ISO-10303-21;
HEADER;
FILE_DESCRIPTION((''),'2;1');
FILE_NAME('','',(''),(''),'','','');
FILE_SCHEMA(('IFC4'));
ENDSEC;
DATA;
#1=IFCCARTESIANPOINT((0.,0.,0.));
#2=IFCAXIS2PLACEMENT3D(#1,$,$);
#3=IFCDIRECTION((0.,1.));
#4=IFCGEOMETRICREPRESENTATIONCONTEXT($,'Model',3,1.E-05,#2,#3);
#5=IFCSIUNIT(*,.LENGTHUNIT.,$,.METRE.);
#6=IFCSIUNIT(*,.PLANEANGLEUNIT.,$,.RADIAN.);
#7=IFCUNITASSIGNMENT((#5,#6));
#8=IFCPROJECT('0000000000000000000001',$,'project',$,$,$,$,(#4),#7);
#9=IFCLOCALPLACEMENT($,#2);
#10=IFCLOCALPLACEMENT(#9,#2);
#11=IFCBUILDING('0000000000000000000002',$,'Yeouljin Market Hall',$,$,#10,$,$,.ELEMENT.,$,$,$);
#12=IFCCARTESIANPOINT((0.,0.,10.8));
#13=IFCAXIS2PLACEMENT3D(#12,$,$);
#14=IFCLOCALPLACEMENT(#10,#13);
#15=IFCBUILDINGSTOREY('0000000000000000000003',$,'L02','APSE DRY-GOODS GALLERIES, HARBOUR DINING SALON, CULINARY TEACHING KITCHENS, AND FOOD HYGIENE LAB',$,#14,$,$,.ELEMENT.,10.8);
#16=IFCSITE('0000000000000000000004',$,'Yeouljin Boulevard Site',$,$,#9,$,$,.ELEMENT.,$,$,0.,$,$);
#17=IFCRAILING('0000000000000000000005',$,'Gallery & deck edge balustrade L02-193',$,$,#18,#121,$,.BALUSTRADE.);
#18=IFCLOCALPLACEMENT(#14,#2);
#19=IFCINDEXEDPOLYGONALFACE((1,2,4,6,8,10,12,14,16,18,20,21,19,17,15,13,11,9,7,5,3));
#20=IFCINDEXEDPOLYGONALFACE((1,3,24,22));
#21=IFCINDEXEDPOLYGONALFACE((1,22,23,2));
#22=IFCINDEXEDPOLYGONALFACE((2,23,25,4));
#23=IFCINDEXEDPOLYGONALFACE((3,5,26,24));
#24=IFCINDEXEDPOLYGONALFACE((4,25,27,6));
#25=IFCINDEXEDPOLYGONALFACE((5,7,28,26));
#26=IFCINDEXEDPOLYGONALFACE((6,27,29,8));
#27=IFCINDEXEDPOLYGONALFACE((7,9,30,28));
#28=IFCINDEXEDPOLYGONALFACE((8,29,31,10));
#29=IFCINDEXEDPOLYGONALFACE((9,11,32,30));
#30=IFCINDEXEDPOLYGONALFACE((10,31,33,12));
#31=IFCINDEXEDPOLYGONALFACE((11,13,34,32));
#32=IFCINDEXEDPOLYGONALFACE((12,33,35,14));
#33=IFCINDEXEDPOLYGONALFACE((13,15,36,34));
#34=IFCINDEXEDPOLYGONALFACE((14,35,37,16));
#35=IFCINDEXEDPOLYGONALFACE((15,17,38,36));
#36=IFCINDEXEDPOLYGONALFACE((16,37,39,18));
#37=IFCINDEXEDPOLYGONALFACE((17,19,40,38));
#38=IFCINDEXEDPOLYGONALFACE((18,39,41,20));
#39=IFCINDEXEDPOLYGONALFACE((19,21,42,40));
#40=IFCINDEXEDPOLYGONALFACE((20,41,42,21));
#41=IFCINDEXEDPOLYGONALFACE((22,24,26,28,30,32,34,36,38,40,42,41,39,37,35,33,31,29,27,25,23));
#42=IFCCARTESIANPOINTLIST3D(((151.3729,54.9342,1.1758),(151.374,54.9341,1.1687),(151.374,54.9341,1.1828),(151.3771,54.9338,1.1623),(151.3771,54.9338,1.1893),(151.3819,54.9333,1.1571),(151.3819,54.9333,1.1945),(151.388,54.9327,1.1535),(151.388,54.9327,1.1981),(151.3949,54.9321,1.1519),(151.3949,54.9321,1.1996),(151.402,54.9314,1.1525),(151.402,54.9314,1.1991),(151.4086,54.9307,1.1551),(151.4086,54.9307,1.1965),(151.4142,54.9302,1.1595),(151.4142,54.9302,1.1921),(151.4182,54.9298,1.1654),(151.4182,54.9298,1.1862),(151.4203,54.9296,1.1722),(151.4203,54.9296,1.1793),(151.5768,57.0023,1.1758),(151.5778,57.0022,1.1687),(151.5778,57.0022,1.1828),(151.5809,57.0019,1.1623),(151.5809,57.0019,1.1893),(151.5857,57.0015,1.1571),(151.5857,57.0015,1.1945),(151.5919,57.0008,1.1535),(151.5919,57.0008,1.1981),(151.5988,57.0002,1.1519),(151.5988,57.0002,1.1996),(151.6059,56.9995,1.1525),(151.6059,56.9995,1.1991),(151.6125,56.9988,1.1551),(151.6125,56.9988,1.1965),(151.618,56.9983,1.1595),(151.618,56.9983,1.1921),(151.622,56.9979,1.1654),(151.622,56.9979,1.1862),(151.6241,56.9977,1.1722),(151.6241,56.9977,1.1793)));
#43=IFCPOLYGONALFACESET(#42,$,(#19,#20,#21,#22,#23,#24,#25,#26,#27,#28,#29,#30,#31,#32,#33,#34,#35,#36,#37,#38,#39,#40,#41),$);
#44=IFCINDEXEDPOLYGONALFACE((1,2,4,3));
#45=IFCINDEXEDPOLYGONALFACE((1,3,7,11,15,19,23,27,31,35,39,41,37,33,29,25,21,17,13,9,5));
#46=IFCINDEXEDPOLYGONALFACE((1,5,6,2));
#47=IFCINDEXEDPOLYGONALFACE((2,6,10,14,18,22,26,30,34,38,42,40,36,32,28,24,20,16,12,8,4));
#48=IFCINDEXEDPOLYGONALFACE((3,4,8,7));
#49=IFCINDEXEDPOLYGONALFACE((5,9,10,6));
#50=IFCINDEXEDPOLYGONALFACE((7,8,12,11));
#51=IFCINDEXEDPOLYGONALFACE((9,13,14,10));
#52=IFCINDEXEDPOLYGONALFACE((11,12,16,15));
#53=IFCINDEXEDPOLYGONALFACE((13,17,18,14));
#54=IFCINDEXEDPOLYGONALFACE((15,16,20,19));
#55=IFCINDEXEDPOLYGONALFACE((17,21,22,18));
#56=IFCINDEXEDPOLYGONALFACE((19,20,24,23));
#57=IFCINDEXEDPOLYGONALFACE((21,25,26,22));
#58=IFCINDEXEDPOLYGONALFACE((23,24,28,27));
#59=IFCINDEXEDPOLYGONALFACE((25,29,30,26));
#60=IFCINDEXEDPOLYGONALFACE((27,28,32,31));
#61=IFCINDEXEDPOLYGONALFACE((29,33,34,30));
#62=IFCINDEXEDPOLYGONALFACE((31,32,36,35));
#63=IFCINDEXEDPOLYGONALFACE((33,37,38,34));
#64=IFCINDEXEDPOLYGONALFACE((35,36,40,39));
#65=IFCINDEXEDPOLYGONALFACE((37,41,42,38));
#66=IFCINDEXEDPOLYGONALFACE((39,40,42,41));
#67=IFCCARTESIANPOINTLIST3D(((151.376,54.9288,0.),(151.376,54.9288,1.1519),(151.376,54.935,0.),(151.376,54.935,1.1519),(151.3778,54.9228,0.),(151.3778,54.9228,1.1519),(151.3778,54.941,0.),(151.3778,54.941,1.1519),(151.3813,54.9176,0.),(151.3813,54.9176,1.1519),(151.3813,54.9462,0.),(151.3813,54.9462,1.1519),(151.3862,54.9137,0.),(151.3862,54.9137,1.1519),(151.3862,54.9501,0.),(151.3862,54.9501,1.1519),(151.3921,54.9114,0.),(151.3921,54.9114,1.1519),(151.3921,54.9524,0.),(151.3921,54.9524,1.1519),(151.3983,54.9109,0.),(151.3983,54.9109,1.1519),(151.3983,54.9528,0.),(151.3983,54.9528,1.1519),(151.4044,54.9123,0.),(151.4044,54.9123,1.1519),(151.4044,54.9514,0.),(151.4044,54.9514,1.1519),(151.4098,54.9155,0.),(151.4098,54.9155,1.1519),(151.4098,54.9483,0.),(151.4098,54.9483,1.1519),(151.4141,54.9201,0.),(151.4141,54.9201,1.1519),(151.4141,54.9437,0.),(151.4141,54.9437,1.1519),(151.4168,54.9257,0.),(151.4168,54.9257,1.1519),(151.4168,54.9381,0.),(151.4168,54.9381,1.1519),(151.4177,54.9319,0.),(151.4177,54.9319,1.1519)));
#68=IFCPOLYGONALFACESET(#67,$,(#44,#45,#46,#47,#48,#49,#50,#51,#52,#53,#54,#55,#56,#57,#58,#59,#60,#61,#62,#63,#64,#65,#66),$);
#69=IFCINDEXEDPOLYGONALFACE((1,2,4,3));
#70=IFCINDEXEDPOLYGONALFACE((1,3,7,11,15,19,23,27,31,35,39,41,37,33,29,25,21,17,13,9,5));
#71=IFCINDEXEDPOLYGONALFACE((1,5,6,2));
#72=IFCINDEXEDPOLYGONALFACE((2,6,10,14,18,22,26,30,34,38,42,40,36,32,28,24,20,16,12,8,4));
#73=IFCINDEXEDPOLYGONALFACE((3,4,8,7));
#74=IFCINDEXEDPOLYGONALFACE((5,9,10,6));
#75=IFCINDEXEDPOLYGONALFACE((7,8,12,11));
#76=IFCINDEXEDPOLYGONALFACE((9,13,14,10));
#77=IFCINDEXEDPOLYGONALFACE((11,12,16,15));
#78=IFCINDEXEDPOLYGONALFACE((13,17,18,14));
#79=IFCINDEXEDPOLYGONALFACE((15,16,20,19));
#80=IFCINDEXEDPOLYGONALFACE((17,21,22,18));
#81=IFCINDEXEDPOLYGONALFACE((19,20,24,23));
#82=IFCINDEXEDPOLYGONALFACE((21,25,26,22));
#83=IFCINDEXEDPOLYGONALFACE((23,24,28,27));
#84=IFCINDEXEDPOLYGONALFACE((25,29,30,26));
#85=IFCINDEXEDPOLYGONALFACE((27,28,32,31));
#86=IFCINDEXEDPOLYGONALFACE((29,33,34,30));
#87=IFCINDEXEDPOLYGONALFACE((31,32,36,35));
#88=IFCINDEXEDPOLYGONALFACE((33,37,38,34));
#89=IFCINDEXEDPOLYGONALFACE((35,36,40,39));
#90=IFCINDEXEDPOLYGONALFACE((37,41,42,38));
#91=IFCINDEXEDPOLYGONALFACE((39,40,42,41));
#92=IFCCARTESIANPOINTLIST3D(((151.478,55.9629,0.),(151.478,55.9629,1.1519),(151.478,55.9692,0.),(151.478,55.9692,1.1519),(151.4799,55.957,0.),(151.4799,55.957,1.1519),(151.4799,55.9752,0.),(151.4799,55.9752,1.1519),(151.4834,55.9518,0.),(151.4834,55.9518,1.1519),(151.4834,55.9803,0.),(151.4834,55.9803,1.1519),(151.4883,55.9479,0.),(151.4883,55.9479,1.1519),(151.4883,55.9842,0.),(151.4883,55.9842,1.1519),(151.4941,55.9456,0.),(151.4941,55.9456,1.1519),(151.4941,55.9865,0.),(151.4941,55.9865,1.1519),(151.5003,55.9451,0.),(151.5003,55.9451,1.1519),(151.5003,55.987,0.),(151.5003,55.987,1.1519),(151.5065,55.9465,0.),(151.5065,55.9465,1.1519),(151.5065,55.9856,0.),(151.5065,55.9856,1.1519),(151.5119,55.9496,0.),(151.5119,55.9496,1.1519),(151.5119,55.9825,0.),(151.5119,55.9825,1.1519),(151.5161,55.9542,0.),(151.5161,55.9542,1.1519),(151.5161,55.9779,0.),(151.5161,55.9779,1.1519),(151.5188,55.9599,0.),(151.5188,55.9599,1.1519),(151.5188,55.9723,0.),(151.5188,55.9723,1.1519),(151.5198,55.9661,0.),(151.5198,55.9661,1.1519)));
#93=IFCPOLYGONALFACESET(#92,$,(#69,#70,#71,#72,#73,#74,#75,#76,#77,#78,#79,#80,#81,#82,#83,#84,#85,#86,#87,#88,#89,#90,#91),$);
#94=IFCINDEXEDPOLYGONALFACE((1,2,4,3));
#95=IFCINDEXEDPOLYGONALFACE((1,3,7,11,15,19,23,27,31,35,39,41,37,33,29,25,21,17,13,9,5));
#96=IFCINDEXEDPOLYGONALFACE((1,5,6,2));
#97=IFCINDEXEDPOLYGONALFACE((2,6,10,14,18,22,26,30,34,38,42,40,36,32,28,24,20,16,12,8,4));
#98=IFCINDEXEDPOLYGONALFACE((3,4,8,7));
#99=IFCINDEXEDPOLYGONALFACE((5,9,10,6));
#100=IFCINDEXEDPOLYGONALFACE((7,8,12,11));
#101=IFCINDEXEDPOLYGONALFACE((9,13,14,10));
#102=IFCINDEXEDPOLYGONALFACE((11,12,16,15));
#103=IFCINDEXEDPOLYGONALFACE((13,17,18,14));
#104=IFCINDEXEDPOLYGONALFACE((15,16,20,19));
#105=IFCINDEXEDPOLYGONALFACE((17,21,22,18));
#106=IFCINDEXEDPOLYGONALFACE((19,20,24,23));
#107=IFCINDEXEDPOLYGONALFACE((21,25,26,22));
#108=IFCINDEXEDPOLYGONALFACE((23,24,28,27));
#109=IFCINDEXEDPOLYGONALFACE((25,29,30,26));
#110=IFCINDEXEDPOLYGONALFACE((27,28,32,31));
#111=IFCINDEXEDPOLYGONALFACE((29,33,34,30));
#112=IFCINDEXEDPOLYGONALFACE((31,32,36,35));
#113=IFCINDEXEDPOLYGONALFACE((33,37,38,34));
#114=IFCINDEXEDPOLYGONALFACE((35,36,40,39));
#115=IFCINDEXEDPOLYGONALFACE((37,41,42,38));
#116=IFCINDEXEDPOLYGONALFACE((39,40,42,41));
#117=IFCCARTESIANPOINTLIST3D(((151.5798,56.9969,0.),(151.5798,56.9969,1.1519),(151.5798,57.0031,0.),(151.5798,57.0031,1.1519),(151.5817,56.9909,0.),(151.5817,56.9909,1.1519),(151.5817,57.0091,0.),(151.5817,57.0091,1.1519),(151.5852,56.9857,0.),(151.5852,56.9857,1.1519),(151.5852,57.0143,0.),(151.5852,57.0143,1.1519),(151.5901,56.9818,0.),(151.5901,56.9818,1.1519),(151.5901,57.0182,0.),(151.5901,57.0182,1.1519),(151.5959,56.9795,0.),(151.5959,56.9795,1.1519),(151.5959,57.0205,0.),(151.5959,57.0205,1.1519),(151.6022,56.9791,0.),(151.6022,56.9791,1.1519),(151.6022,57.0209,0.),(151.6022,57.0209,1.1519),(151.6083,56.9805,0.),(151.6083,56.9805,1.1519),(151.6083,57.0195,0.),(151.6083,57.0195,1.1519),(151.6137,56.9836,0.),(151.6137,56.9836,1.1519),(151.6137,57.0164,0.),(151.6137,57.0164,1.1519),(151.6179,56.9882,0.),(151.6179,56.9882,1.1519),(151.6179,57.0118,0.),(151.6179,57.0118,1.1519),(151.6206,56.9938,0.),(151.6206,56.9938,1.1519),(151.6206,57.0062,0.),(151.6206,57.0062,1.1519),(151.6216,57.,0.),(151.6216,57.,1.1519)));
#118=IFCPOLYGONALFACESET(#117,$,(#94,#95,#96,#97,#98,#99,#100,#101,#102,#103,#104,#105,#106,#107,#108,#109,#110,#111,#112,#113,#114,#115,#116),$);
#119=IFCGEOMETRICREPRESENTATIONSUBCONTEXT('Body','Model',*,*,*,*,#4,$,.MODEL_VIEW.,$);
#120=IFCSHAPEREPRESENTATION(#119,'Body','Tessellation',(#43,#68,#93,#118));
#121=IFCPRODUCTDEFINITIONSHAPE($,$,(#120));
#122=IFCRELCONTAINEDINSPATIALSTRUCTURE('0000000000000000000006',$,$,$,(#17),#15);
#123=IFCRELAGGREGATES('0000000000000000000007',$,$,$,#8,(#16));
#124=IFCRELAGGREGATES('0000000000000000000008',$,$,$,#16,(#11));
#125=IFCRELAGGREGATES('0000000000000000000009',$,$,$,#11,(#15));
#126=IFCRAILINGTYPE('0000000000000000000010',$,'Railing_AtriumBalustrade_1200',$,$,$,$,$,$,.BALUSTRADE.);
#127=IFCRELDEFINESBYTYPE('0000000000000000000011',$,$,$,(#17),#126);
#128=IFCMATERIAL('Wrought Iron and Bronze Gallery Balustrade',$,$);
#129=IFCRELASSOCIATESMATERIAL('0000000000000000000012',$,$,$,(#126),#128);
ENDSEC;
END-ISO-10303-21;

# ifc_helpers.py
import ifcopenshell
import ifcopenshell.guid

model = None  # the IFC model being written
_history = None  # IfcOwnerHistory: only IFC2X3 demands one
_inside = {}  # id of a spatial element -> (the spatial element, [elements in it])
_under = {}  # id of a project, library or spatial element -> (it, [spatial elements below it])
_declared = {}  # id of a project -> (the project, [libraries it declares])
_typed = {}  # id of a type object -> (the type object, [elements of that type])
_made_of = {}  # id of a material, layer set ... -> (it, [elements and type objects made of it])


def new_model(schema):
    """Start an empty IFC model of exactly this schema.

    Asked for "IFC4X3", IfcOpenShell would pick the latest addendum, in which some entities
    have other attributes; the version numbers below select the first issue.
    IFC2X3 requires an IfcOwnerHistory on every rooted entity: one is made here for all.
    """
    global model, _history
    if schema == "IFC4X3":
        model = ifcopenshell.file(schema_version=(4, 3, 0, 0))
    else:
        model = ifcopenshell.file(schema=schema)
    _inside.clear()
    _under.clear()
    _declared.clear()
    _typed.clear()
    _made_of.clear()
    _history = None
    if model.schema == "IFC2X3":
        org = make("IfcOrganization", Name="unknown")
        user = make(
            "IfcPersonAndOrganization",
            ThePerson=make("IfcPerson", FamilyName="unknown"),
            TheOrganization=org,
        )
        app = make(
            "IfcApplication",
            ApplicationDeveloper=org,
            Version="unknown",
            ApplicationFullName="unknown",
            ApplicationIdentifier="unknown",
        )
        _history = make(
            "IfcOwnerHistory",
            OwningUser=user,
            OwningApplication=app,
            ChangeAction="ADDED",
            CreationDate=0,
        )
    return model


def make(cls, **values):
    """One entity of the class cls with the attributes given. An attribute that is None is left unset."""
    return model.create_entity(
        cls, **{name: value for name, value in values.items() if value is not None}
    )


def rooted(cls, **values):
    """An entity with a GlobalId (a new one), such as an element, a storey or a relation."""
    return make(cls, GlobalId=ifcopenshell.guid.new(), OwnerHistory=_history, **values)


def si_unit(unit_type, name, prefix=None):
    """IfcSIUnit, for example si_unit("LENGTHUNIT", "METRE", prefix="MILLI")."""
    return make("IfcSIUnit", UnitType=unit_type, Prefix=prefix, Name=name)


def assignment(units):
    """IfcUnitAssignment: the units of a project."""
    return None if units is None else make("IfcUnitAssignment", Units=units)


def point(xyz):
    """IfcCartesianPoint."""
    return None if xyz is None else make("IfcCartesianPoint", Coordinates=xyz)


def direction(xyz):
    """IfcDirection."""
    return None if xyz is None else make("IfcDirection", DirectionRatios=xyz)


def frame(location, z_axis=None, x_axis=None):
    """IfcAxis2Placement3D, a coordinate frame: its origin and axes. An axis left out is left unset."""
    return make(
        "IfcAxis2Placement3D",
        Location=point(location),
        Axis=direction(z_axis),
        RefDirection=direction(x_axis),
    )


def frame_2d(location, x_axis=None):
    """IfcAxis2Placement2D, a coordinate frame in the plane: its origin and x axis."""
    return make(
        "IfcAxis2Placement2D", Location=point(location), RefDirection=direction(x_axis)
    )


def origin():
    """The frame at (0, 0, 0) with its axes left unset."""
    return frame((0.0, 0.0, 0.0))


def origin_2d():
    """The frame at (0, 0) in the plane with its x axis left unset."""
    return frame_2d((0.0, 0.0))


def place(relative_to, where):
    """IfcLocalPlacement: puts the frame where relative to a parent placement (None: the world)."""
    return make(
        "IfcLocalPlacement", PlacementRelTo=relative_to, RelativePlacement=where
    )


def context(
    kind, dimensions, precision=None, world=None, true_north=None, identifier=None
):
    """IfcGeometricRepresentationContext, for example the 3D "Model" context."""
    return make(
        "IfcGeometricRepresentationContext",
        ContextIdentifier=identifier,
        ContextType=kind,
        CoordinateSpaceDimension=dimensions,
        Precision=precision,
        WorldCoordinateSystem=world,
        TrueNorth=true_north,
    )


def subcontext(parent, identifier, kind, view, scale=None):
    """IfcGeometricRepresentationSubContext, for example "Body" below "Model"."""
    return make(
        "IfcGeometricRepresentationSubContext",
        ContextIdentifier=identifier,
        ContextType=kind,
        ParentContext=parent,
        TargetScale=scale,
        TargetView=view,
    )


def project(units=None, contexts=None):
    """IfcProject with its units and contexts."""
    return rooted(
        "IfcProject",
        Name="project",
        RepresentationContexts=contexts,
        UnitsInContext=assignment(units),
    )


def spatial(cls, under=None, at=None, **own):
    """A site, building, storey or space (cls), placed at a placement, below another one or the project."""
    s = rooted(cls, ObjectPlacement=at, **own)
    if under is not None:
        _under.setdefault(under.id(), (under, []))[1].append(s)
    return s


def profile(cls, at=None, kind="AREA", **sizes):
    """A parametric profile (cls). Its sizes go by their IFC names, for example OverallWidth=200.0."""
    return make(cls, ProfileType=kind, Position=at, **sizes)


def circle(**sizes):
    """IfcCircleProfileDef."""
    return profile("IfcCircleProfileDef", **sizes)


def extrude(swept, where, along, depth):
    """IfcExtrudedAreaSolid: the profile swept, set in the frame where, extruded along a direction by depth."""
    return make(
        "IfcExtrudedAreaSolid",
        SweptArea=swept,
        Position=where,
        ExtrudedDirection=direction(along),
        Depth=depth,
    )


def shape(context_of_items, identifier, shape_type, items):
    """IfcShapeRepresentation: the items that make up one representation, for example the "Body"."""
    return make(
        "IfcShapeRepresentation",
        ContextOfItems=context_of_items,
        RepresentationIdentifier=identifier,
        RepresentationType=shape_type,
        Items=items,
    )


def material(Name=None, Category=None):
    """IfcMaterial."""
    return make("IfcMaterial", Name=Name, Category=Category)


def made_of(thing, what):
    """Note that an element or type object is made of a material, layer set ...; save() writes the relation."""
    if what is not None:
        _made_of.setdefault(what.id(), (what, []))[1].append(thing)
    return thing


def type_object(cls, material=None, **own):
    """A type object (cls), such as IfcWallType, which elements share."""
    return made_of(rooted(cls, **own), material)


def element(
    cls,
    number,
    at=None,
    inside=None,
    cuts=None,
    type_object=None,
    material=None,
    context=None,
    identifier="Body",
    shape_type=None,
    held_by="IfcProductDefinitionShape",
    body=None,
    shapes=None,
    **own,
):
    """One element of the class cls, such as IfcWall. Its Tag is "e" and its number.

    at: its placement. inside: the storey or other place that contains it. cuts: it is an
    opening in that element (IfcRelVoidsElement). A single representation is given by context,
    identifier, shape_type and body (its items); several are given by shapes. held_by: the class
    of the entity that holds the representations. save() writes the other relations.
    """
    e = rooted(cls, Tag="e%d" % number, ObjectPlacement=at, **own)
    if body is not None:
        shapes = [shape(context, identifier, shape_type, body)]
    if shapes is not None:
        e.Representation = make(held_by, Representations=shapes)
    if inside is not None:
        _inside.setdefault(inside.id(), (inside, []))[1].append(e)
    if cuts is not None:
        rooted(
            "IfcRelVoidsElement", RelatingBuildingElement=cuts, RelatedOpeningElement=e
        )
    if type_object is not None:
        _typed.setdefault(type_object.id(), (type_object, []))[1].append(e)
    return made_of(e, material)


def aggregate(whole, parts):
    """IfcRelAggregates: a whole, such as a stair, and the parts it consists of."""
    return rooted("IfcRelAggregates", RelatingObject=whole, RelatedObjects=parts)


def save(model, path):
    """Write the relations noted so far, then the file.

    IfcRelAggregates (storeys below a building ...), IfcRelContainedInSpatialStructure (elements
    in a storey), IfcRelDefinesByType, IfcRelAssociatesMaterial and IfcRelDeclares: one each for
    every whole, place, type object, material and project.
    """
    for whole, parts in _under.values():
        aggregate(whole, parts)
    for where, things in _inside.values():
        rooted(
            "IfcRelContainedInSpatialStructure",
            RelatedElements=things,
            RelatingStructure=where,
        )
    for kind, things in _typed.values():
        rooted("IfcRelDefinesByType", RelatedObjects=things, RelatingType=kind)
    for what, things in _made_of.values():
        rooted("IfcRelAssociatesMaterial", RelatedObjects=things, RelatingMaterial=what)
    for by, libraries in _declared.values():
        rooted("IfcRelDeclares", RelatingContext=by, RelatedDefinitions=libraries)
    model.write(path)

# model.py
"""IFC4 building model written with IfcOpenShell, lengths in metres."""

from ifc_helpers import new_model, si_unit, direction, frame, origin, origin_2d, place, context, subcontext, project, spatial, circle, extrude, material, type_object, element, save


model = new_model("IFC4")

# Units and contexts
model_context = context("Model", 3, precision=1e-05, world=origin(), true_north=direction((0.0, 1.0)))
body_context = subcontext(model_context, "Body", "Model", "MODEL_VIEW")
ifc_project = project(units=[si_unit("LENGTHUNIT", "METRE"), si_unit("PLANEANGLEUNIT", "RADIAN")], contexts=[model_context])

# Site, building, storey
site_placement = place(None, origin())
site = spatial("IfcSite", under=ifc_project, at=site_placement, Name="Yeouljin Boulevard Site", CompositionType="ELEMENT", RefElevation=0.0)
building_placement = place(site_placement, origin())
building = spatial("IfcBuilding", under=site, at=building_placement, Name="Yeouljin Market Hall", CompositionType="ELEMENT")
storey_placement = place(building_placement, frame((0.0, 0.0, 10.8)))
storey = spatial("IfcBuildingStorey", under=building, at=storey_placement, Name="L02", Description="APSE DRY-GOODS GALLERIES, HARBOUR DINING SALON, CULINARY TEACHING KITCHENS, AND FOOD HYGIENE LAB", CompositionType="ELEMENT", Elevation=10.8)

# Railing
ifc_material_1 = material(Name="Wrought Iron and Bronze Gallery Balustrade")
railing_type = type_object("IfcRailingType", Name="Railing_AtriumBalustrade_1200", PredefinedType="BALUSTRADE", material=ifc_material_1)
railing_1_placement = place(storey_placement, frame((151.3967, 54.9319, 0.0)))
element("IfcRailing", 1, at=railing_1_placement, inside=storey, type_object=railing_type, Name="Gallery & deck edge balustrade L02-193", PredefinedType="BALUSTRADE", context=body_context, shape_type="SweptSolid", body=[
    extrude(circle(Radius=0.0239, at=origin_2d()), frame((0.0, 0.0, 1.1758), z_axis=(0.098096, 0.995177, 0.0), x_axis=(-0.995177, 0.098096, 0.0)), (0.0, 0.0, 1.0), 2.0781),
    extrude(circle(Radius=0.021, at=origin_2d()), origin(), (0.0, 0.0, 1.0), 1.1519),
    extrude(circle(Radius=0.021, at=origin_2d()), frame((0.1021, 1.0342, 0.0)), (0.0, 0.0, 1.0), 1.1519),
    extrude(circle(Radius=0.021, at=origin_2d()), frame((0.2039, 2.0681, 0.0)), (0.0, 0.0, 1.0), 1.1519),
])

save(model, "model.ifc")
